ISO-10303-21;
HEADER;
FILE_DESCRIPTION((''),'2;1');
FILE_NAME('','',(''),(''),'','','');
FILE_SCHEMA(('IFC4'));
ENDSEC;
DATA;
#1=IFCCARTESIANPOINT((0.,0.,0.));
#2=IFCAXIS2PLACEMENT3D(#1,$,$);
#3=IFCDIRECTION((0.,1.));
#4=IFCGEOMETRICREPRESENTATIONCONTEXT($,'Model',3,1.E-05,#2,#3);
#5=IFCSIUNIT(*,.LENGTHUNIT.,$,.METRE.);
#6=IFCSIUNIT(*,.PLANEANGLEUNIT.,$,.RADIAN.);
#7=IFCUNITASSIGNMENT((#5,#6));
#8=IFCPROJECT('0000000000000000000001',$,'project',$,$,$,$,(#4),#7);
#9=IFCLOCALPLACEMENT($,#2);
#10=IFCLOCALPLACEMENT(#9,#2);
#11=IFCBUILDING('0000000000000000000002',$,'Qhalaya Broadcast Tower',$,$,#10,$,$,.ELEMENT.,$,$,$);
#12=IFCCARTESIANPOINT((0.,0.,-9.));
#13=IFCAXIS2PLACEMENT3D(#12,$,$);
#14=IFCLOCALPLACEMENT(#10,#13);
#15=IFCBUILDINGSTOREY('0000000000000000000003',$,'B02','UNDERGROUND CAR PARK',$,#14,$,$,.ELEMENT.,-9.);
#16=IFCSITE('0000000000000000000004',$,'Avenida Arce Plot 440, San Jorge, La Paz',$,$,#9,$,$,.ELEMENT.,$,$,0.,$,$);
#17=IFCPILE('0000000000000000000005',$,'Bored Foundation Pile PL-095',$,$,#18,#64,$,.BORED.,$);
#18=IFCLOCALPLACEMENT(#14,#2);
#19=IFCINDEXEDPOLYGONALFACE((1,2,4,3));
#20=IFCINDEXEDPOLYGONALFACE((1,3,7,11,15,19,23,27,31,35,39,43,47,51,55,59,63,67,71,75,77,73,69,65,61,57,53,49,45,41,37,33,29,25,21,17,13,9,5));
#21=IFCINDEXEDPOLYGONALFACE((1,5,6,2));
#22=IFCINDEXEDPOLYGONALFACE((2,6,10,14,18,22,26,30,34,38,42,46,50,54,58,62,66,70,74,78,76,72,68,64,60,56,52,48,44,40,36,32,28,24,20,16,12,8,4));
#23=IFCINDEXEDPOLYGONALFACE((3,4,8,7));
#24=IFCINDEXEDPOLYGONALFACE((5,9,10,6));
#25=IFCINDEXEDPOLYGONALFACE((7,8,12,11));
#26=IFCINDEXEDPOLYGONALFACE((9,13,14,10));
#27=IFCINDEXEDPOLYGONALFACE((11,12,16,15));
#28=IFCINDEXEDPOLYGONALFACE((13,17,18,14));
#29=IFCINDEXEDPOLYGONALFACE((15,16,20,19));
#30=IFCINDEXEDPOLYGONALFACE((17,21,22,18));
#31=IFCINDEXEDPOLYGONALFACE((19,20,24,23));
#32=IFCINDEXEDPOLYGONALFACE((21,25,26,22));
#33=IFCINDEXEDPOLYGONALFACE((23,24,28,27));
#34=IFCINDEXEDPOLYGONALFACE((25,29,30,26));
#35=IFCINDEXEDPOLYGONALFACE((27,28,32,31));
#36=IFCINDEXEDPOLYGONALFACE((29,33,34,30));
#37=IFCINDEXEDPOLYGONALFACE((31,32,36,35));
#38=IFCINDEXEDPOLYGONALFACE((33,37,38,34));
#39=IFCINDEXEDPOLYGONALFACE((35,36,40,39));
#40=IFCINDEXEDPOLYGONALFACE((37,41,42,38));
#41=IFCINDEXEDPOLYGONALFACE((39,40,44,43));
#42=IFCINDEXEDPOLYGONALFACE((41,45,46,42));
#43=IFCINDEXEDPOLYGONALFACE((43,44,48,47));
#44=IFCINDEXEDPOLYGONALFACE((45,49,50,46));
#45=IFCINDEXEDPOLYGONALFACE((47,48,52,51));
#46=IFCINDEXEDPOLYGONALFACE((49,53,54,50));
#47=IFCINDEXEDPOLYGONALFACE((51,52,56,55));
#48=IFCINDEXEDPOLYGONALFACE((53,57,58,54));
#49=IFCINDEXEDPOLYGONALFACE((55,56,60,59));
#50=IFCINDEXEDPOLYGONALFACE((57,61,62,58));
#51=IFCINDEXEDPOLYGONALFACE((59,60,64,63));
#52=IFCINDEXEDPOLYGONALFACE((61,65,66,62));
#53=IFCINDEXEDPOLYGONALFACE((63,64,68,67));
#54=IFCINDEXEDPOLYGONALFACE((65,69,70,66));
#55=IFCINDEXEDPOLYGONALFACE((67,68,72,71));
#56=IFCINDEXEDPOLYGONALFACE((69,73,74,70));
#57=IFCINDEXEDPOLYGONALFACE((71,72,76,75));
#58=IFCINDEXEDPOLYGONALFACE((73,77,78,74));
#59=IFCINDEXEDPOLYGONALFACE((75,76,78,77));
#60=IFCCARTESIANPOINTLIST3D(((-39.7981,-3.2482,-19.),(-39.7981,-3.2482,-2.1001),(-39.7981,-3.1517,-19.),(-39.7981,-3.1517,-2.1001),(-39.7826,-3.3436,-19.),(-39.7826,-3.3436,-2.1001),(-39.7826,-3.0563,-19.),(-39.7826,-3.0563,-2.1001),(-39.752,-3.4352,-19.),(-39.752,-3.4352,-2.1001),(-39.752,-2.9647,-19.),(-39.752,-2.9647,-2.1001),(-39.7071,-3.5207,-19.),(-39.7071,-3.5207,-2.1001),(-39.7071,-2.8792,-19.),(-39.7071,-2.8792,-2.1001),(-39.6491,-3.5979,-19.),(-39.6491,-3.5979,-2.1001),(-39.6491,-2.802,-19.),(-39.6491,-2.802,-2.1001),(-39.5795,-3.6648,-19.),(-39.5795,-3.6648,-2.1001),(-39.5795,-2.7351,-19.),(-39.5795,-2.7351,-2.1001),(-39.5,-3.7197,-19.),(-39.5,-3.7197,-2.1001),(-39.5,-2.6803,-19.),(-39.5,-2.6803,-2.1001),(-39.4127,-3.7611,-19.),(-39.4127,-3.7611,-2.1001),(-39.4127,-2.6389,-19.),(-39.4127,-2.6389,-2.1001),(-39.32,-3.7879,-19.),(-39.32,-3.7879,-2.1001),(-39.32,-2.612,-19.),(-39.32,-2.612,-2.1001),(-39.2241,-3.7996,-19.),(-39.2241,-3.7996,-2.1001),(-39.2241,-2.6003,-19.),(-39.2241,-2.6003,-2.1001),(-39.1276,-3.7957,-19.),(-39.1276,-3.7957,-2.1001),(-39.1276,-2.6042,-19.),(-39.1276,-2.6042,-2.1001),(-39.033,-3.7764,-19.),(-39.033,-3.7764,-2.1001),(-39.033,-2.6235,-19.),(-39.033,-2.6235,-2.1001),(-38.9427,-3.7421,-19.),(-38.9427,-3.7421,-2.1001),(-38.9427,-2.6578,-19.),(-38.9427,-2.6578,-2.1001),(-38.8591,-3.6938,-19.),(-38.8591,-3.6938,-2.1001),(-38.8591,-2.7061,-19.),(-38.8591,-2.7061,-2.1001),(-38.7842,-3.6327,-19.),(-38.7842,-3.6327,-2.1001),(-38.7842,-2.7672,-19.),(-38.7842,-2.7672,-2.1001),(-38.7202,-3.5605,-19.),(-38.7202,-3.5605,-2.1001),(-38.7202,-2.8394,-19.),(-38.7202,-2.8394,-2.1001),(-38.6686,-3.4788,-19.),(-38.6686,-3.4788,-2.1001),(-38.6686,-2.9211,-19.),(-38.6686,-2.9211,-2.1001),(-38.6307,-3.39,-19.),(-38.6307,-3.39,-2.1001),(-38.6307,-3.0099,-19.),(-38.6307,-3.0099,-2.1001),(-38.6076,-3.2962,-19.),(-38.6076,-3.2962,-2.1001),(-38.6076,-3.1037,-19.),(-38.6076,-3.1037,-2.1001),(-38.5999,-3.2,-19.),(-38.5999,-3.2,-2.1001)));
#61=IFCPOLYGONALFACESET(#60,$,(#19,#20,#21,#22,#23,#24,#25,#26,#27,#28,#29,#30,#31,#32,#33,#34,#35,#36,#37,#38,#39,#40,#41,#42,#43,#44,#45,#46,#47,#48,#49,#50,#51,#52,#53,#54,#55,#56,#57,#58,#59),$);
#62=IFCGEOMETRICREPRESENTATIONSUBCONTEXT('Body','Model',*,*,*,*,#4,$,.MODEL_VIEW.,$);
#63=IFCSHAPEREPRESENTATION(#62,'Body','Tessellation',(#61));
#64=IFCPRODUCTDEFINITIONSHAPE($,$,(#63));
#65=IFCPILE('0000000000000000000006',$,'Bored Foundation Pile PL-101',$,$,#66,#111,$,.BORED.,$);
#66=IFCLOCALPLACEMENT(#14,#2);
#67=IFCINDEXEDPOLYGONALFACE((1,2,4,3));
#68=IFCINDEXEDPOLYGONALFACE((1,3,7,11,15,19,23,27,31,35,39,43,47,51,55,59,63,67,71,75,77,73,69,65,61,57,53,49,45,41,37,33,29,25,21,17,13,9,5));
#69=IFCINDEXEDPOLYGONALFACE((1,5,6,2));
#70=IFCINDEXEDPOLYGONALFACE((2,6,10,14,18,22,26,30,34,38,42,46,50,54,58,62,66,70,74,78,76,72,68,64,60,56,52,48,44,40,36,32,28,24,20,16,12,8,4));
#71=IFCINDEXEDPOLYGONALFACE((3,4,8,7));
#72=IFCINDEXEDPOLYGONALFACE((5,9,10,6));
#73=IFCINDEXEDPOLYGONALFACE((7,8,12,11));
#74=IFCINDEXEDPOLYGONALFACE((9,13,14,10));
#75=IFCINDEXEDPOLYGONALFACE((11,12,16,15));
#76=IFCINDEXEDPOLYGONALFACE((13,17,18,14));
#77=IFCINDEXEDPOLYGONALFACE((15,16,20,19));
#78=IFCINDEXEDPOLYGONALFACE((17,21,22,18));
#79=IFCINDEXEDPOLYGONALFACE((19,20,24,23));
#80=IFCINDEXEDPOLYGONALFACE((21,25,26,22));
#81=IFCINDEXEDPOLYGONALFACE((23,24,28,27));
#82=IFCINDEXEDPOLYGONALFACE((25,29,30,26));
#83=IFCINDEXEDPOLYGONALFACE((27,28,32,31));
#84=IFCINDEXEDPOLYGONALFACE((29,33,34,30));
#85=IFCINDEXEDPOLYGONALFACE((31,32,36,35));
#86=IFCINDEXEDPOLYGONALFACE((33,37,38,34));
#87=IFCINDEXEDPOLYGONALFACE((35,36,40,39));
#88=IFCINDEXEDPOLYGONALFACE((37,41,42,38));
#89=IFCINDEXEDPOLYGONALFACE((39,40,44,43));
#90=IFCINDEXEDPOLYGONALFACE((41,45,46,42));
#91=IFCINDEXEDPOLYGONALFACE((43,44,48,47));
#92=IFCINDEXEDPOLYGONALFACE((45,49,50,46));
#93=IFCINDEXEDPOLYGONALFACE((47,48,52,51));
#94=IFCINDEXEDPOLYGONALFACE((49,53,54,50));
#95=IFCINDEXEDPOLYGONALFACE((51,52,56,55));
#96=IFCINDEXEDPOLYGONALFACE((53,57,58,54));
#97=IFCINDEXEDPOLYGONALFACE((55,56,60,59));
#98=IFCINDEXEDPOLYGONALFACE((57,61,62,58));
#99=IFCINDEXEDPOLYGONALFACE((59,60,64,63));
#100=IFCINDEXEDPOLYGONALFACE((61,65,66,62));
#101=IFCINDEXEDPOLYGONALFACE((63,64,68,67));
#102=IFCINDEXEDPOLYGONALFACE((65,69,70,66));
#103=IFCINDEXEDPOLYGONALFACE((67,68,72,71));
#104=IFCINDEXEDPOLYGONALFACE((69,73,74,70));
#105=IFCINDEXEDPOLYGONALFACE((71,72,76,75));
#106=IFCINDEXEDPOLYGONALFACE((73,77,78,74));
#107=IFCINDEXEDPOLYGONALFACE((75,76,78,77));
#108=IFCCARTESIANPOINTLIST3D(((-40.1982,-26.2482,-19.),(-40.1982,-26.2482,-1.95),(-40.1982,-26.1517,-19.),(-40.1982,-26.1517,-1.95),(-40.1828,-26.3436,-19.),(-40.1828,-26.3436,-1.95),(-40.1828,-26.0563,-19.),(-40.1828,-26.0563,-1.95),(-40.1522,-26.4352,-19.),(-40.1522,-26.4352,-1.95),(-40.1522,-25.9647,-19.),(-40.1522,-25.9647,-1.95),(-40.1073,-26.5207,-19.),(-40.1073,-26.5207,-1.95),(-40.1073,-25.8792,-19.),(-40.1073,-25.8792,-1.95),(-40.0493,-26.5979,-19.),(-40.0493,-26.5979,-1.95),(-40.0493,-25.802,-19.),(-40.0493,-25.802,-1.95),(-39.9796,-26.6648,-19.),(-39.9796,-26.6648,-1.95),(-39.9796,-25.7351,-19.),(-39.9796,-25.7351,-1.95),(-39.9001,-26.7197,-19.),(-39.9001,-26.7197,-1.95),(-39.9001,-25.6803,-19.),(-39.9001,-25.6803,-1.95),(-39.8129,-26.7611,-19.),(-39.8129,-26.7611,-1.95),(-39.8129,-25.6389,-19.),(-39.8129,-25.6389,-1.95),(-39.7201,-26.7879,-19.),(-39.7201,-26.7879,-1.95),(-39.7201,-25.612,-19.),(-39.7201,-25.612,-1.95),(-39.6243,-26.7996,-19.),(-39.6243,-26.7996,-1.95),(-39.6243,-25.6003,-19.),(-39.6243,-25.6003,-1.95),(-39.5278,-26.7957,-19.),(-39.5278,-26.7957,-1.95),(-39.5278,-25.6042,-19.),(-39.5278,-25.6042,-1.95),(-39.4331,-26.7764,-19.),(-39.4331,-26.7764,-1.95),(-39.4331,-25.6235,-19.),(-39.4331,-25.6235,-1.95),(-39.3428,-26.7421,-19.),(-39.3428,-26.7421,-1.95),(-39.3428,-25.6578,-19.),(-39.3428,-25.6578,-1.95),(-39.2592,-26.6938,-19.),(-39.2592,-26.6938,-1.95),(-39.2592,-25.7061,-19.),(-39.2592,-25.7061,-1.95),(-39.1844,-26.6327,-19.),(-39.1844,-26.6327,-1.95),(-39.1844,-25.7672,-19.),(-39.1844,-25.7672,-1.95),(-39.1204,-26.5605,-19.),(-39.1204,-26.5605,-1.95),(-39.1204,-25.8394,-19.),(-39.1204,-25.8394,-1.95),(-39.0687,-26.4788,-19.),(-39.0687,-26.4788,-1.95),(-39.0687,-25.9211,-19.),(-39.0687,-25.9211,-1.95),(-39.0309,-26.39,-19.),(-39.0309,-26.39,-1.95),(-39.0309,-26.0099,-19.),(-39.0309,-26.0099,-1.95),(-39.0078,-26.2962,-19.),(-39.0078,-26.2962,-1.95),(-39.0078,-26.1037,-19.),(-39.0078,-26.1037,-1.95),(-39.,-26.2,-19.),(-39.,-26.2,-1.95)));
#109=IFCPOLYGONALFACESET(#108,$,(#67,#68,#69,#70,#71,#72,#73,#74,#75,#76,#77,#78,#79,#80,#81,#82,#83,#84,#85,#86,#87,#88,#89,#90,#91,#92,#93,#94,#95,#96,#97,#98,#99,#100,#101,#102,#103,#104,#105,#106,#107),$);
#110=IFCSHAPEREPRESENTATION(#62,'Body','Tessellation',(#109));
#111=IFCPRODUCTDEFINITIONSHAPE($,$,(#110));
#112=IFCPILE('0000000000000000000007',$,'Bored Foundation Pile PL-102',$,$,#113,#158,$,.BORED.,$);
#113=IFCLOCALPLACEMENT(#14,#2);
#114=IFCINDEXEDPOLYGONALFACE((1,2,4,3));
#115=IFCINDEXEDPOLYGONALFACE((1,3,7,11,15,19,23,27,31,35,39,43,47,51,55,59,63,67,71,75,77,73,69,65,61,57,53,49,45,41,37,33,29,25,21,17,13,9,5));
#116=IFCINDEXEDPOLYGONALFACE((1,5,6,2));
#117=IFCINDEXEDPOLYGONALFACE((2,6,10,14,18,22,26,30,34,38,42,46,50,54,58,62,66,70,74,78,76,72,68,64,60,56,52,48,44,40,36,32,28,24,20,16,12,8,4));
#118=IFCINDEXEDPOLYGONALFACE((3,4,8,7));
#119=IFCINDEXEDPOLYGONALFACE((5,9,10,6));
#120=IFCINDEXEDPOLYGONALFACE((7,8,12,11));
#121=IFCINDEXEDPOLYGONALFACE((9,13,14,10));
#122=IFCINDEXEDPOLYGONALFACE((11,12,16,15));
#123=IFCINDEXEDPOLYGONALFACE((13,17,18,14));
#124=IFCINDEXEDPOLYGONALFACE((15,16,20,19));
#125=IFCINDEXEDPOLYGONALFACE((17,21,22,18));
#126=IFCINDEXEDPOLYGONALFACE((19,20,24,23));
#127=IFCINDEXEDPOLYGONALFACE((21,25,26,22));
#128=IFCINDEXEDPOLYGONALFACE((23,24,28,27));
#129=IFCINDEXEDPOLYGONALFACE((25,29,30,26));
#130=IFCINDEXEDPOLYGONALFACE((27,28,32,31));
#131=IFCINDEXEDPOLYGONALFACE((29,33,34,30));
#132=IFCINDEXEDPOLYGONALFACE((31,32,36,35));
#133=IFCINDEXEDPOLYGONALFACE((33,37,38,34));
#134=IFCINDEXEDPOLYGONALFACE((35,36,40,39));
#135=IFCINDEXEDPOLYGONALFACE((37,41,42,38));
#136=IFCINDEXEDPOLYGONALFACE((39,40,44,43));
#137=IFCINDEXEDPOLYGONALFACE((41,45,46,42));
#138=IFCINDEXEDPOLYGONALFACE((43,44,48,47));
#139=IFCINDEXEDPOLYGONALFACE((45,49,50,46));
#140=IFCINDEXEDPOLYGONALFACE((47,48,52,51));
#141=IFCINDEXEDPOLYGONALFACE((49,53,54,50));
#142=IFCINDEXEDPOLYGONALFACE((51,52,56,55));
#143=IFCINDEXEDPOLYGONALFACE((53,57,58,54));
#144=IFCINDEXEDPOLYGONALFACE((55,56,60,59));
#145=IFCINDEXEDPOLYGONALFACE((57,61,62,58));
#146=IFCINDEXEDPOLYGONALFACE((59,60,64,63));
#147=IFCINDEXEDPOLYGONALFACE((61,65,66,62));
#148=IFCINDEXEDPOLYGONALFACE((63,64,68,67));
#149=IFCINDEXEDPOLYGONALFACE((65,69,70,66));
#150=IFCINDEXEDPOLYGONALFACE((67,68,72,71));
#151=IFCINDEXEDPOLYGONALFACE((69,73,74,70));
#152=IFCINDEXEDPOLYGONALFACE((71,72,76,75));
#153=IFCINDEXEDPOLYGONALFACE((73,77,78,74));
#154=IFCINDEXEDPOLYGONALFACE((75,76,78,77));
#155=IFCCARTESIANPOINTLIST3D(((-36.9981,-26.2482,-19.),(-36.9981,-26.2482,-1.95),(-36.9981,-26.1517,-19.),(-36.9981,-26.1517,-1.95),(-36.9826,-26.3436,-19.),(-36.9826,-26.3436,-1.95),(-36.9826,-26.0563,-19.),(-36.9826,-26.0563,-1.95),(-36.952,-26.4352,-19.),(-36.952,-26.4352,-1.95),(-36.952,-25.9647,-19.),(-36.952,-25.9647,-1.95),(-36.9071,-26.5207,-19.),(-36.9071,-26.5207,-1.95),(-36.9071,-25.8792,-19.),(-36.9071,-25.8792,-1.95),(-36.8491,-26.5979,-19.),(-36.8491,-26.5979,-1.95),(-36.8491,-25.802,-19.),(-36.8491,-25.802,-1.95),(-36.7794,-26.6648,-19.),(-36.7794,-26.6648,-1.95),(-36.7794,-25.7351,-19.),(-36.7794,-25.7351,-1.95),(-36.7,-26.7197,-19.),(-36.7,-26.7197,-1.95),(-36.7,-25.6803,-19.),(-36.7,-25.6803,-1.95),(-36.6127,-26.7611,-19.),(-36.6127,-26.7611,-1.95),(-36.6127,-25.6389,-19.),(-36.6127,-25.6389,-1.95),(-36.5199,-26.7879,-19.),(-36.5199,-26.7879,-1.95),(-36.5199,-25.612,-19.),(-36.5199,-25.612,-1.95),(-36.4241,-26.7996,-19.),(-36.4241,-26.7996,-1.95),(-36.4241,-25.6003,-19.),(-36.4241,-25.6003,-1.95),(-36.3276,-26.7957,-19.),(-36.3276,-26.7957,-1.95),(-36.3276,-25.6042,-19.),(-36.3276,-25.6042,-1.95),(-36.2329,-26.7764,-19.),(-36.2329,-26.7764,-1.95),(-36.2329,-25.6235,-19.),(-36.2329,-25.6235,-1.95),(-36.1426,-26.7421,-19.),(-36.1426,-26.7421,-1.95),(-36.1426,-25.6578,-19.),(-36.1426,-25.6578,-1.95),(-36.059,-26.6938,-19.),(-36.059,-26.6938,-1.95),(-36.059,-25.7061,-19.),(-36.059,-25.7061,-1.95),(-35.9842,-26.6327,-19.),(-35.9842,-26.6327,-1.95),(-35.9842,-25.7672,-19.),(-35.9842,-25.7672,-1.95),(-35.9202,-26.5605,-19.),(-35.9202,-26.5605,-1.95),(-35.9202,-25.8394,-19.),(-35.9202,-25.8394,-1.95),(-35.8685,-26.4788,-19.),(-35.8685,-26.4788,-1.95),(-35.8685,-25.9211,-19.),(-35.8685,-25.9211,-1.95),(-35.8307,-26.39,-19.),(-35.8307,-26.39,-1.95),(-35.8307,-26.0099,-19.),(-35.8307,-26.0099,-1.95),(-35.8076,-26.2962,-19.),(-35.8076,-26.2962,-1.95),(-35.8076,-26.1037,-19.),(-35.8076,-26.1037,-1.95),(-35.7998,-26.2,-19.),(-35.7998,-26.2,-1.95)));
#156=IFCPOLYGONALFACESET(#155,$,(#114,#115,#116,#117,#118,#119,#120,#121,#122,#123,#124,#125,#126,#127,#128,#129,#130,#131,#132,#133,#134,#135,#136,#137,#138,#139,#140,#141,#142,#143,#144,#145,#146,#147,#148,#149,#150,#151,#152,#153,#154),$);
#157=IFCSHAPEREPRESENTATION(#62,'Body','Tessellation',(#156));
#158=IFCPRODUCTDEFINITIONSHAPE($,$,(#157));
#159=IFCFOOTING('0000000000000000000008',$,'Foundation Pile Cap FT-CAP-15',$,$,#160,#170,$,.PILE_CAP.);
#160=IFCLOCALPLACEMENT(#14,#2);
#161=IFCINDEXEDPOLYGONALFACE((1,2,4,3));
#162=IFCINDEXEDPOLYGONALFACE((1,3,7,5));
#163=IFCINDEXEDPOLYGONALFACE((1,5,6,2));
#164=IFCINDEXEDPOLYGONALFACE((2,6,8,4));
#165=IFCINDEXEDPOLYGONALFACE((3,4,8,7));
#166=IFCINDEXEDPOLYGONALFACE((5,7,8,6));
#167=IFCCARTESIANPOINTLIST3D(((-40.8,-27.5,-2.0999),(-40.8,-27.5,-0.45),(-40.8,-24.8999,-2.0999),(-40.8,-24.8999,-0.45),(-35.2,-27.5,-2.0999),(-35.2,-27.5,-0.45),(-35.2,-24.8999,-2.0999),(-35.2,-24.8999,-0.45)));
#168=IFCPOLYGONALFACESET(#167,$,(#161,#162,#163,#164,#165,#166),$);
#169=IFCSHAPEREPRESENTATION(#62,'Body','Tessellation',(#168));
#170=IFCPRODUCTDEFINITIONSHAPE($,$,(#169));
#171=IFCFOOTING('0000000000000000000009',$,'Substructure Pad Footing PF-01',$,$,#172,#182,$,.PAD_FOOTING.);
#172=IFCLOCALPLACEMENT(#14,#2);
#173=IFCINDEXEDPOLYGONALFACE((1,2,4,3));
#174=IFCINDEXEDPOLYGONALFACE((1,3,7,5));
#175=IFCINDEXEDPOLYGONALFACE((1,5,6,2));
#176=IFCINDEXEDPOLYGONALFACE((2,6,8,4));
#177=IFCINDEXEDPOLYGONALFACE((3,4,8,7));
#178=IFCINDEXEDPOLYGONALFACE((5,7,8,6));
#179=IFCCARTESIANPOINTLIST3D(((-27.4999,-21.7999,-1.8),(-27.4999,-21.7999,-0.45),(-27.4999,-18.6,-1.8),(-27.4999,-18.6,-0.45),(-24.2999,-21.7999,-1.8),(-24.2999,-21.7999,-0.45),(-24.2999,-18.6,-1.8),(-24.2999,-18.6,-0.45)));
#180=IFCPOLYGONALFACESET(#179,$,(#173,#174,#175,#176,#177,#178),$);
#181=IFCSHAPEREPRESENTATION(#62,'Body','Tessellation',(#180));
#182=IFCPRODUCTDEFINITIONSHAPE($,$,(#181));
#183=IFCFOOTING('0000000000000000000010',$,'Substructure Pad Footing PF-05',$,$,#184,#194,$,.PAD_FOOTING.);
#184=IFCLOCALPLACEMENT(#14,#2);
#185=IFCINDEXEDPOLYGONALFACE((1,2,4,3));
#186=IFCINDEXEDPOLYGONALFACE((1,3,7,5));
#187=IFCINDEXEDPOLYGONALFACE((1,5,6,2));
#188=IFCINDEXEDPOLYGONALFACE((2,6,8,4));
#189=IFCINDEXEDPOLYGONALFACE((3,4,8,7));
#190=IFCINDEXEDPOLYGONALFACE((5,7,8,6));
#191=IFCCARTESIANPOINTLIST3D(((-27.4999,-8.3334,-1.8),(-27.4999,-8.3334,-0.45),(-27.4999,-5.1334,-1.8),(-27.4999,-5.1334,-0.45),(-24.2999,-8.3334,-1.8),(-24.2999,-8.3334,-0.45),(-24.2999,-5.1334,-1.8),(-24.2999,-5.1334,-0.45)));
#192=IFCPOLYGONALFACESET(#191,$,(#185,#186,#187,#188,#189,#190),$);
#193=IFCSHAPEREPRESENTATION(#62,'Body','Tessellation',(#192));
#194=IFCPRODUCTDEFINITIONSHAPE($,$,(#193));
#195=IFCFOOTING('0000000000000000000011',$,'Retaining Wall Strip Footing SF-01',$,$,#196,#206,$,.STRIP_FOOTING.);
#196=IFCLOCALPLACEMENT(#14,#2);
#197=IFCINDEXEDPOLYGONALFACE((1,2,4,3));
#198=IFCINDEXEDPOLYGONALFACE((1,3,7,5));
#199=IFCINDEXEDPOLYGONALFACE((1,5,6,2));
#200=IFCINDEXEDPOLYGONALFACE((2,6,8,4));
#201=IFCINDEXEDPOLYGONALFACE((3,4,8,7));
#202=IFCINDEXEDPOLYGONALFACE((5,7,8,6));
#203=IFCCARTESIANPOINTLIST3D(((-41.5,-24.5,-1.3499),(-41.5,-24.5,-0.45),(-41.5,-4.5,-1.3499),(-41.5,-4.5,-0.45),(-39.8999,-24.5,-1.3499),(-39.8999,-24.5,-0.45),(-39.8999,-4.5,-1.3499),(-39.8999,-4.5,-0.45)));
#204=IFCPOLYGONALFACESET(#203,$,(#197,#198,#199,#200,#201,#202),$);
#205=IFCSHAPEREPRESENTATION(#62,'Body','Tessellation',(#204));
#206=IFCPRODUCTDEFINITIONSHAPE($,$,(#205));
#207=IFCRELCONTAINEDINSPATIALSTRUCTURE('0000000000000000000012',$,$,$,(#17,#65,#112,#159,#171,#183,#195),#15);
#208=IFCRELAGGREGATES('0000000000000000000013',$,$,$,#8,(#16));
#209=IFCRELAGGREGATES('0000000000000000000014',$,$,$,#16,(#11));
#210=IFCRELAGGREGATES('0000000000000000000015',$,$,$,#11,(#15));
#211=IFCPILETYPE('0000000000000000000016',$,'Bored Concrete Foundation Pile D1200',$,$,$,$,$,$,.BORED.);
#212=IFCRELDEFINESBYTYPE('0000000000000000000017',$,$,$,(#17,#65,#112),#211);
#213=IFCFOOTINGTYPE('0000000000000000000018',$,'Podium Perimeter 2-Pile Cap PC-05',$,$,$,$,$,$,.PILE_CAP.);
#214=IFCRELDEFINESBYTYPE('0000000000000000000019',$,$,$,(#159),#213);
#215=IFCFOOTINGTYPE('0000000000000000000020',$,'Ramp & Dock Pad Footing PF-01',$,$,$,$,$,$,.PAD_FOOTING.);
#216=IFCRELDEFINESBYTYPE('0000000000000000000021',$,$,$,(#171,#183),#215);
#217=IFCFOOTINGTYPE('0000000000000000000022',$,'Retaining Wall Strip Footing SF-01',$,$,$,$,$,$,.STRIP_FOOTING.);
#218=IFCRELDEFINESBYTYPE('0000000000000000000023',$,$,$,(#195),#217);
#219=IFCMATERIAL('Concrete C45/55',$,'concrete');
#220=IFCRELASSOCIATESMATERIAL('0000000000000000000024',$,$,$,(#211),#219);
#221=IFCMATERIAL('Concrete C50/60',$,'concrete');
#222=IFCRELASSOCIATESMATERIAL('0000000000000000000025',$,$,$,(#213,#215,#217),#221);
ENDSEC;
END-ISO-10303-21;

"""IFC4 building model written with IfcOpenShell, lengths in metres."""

from ifc_helpers import new_model, si_unit, direction, frame, origin, origin_2d, place, context, subcontext, project, spatial, rectangle, circle, extrude, material, material_profile, profile_set, type_object, element, save


model = new_model("IFC4")

# Units and contexts
model_context = context("Model", 3, precision=1e-05, world=origin(), true_north=direction((0.0, 1.0)))
body_context = subcontext(model_context, "Body", "Model", "MODEL_VIEW")
ifc_project = project(units=[si_unit("LENGTHUNIT", "METRE"), si_unit("PLANEANGLEUNIT", "RADIAN")], contexts=[model_context])

# Site, building, storey
site_placement = place(None, origin())
site = spatial("IfcSite", under=ifc_project, at=site_placement, Name="Avenida Arce Plot 440, San Jorge, La Paz", CompositionType="ELEMENT", RefElevation=0.0)
building_placement = place(site_placement, origin())
building = spatial("IfcBuilding", under=site, at=building_placement, Name="Qhalaya Broadcast Tower", CompositionType="ELEMENT")
storey_placement = place(building_placement, frame((0.0, 0.0, -9.0)))
storey = spatial("IfcBuildingStorey", under=building, at=storey_placement, Name="B02", Description="UNDERGROUND CAR PARK", CompositionType="ELEMENT", Elevation=-9.0)

# Piles
ifc_material_1 = material(Name="Concrete C45/55", Category="concrete")
ifc_material_profile_1 = material_profile(ifc_material_1, circle(Radius=0.6001, at=origin_2d()), Name="PILE D1200")
ifc_profile_set_1 = profile_set([ifc_material_profile_1], Name="Concrete C45/55")
pile_type = type_object("IfcPileType", Name="Bored Concrete Foundation Pile D1200", PredefinedType="BORED", material=ifc_profile_set_1)
pile_placement = place(storey_placement, frame((-39.2, -3.2, -2.1001), z_axis=(0.0, 0.0, -1.0), x_axis=(1.0, 0.0, 0.0)))
element("IfcPile", 1, at=pile_placement, inside=storey, type_object=pile_type, Name="Bored Foundation Pile PL-095", PredefinedType="BORED", context=body_context, shape_type="SweptSolid", body=[
    extrude(circle(Radius=0.6001, at=origin_2d()), origin(), (0.0, 0.0, 1.0), 16.8999),
])
for number, where, z_axis, x_axis, name in (
    (2, (-39.6001, -26.2, -1.95), (0.0, 0.0, -1.0), (1.0, 0.0, 0.0), "Bored Foundation Pile PL-101"),
    (3, (-36.3999, -26.2, -1.95), (0.0, 0.0, -1.0), (1.0, 0.0, 0.0), "Bored Foundation Pile PL-102"),
):
    element("IfcPile", number, at=place(storey_placement, frame(where, z_axis=z_axis, x_axis=x_axis)), inside=storey, type_object=pile_type, Name=name, PredefinedType="BORED", context=body_context, shape_type="SweptSolid", body=[
        extrude(circle(Radius=0.6001, at=origin_2d()), origin(), (0.0, 0.0, 1.0), 17.05),
    ])

# Footings
ifc_material_2 = material(Name="Concrete C50/60", Category="concrete")
footing_type_1 = type_object("IfcFootingType", Name="Podium Perimeter 2-Pile Cap PC-05", PredefinedType="PILE_CAP", material=ifc_material_2)
footing_1_placement = place(storey_placement, frame((-38.0, -26.2, -2.0999), z_axis=(0.0, 0.0, 1.0), x_axis=(1.0, 0.0, 0.0)))
element("IfcFooting", 4, at=footing_1_placement, inside=storey, type_object=footing_type_1, Name="Foundation Pile Cap FT-CAP-15", PredefinedType="PILE_CAP", context=body_context, shape_type="SweptSolid", body=[
    extrude(rectangle(XDim=5.6001, YDim=2.6001, at=origin_2d()), origin(), (0.0, 0.0, 1.0), 1.6499),
])
footing_type_2 = type_object("IfcFootingType", Name="Ramp & Dock Pad Footing PF-01", PredefinedType="PAD_FOOTING", material=ifc_material_2)
for number, where, z_axis, x_axis, name in (
    (5, (-25.8999, -20.2, -1.8), (0.0, 0.0, 1.0), (1.0, 0.0, 0.0), "Substructure Pad Footing PF-01"),
    (6, (-25.8999, -6.7334, -1.8), (0.0, 0.0, 1.0), (1.0, 0.0, 0.0), "Substructure Pad Footing PF-05"),
):
    element("IfcFooting", number, at=place(storey_placement, frame(where, z_axis=z_axis, x_axis=x_axis)), inside=storey, type_object=footing_type_2, Name=name, PredefinedType="PAD_FOOTING", context=body_context, shape_type="SweptSolid", body=[
        extrude(rectangle(XDim=3.2, YDim=3.2, at=origin_2d()), origin(), (0.0, 0.0, 1.0), 1.3501),
    ])
footing_type_3 = type_object("IfcFootingType", Name="Retaining Wall Strip Footing SF-01", PredefinedType="STRIP_FOOTING", material=ifc_material_2)
footing_2_placement = place(storey_placement, frame((-40.7, -14.5, -1.3499), z_axis=(0.0, 0.0, 1.0), x_axis=(0.0, 1.0, 0.0)))
element("IfcFooting", 7, at=footing_2_placement, inside=storey, type_object=footing_type_3, Name="Retaining Wall Strip Footing SF-01", PredefinedType="STRIP_FOOTING", context=body_context, shape_type="SweptSolid", body=[
    extrude(rectangle(XDim=20.0, YDim=1.6001, at=origin_2d()), origin(), (0.0, 0.0, 1.0), 0.8999),
])

save(model, "model.ifc")
